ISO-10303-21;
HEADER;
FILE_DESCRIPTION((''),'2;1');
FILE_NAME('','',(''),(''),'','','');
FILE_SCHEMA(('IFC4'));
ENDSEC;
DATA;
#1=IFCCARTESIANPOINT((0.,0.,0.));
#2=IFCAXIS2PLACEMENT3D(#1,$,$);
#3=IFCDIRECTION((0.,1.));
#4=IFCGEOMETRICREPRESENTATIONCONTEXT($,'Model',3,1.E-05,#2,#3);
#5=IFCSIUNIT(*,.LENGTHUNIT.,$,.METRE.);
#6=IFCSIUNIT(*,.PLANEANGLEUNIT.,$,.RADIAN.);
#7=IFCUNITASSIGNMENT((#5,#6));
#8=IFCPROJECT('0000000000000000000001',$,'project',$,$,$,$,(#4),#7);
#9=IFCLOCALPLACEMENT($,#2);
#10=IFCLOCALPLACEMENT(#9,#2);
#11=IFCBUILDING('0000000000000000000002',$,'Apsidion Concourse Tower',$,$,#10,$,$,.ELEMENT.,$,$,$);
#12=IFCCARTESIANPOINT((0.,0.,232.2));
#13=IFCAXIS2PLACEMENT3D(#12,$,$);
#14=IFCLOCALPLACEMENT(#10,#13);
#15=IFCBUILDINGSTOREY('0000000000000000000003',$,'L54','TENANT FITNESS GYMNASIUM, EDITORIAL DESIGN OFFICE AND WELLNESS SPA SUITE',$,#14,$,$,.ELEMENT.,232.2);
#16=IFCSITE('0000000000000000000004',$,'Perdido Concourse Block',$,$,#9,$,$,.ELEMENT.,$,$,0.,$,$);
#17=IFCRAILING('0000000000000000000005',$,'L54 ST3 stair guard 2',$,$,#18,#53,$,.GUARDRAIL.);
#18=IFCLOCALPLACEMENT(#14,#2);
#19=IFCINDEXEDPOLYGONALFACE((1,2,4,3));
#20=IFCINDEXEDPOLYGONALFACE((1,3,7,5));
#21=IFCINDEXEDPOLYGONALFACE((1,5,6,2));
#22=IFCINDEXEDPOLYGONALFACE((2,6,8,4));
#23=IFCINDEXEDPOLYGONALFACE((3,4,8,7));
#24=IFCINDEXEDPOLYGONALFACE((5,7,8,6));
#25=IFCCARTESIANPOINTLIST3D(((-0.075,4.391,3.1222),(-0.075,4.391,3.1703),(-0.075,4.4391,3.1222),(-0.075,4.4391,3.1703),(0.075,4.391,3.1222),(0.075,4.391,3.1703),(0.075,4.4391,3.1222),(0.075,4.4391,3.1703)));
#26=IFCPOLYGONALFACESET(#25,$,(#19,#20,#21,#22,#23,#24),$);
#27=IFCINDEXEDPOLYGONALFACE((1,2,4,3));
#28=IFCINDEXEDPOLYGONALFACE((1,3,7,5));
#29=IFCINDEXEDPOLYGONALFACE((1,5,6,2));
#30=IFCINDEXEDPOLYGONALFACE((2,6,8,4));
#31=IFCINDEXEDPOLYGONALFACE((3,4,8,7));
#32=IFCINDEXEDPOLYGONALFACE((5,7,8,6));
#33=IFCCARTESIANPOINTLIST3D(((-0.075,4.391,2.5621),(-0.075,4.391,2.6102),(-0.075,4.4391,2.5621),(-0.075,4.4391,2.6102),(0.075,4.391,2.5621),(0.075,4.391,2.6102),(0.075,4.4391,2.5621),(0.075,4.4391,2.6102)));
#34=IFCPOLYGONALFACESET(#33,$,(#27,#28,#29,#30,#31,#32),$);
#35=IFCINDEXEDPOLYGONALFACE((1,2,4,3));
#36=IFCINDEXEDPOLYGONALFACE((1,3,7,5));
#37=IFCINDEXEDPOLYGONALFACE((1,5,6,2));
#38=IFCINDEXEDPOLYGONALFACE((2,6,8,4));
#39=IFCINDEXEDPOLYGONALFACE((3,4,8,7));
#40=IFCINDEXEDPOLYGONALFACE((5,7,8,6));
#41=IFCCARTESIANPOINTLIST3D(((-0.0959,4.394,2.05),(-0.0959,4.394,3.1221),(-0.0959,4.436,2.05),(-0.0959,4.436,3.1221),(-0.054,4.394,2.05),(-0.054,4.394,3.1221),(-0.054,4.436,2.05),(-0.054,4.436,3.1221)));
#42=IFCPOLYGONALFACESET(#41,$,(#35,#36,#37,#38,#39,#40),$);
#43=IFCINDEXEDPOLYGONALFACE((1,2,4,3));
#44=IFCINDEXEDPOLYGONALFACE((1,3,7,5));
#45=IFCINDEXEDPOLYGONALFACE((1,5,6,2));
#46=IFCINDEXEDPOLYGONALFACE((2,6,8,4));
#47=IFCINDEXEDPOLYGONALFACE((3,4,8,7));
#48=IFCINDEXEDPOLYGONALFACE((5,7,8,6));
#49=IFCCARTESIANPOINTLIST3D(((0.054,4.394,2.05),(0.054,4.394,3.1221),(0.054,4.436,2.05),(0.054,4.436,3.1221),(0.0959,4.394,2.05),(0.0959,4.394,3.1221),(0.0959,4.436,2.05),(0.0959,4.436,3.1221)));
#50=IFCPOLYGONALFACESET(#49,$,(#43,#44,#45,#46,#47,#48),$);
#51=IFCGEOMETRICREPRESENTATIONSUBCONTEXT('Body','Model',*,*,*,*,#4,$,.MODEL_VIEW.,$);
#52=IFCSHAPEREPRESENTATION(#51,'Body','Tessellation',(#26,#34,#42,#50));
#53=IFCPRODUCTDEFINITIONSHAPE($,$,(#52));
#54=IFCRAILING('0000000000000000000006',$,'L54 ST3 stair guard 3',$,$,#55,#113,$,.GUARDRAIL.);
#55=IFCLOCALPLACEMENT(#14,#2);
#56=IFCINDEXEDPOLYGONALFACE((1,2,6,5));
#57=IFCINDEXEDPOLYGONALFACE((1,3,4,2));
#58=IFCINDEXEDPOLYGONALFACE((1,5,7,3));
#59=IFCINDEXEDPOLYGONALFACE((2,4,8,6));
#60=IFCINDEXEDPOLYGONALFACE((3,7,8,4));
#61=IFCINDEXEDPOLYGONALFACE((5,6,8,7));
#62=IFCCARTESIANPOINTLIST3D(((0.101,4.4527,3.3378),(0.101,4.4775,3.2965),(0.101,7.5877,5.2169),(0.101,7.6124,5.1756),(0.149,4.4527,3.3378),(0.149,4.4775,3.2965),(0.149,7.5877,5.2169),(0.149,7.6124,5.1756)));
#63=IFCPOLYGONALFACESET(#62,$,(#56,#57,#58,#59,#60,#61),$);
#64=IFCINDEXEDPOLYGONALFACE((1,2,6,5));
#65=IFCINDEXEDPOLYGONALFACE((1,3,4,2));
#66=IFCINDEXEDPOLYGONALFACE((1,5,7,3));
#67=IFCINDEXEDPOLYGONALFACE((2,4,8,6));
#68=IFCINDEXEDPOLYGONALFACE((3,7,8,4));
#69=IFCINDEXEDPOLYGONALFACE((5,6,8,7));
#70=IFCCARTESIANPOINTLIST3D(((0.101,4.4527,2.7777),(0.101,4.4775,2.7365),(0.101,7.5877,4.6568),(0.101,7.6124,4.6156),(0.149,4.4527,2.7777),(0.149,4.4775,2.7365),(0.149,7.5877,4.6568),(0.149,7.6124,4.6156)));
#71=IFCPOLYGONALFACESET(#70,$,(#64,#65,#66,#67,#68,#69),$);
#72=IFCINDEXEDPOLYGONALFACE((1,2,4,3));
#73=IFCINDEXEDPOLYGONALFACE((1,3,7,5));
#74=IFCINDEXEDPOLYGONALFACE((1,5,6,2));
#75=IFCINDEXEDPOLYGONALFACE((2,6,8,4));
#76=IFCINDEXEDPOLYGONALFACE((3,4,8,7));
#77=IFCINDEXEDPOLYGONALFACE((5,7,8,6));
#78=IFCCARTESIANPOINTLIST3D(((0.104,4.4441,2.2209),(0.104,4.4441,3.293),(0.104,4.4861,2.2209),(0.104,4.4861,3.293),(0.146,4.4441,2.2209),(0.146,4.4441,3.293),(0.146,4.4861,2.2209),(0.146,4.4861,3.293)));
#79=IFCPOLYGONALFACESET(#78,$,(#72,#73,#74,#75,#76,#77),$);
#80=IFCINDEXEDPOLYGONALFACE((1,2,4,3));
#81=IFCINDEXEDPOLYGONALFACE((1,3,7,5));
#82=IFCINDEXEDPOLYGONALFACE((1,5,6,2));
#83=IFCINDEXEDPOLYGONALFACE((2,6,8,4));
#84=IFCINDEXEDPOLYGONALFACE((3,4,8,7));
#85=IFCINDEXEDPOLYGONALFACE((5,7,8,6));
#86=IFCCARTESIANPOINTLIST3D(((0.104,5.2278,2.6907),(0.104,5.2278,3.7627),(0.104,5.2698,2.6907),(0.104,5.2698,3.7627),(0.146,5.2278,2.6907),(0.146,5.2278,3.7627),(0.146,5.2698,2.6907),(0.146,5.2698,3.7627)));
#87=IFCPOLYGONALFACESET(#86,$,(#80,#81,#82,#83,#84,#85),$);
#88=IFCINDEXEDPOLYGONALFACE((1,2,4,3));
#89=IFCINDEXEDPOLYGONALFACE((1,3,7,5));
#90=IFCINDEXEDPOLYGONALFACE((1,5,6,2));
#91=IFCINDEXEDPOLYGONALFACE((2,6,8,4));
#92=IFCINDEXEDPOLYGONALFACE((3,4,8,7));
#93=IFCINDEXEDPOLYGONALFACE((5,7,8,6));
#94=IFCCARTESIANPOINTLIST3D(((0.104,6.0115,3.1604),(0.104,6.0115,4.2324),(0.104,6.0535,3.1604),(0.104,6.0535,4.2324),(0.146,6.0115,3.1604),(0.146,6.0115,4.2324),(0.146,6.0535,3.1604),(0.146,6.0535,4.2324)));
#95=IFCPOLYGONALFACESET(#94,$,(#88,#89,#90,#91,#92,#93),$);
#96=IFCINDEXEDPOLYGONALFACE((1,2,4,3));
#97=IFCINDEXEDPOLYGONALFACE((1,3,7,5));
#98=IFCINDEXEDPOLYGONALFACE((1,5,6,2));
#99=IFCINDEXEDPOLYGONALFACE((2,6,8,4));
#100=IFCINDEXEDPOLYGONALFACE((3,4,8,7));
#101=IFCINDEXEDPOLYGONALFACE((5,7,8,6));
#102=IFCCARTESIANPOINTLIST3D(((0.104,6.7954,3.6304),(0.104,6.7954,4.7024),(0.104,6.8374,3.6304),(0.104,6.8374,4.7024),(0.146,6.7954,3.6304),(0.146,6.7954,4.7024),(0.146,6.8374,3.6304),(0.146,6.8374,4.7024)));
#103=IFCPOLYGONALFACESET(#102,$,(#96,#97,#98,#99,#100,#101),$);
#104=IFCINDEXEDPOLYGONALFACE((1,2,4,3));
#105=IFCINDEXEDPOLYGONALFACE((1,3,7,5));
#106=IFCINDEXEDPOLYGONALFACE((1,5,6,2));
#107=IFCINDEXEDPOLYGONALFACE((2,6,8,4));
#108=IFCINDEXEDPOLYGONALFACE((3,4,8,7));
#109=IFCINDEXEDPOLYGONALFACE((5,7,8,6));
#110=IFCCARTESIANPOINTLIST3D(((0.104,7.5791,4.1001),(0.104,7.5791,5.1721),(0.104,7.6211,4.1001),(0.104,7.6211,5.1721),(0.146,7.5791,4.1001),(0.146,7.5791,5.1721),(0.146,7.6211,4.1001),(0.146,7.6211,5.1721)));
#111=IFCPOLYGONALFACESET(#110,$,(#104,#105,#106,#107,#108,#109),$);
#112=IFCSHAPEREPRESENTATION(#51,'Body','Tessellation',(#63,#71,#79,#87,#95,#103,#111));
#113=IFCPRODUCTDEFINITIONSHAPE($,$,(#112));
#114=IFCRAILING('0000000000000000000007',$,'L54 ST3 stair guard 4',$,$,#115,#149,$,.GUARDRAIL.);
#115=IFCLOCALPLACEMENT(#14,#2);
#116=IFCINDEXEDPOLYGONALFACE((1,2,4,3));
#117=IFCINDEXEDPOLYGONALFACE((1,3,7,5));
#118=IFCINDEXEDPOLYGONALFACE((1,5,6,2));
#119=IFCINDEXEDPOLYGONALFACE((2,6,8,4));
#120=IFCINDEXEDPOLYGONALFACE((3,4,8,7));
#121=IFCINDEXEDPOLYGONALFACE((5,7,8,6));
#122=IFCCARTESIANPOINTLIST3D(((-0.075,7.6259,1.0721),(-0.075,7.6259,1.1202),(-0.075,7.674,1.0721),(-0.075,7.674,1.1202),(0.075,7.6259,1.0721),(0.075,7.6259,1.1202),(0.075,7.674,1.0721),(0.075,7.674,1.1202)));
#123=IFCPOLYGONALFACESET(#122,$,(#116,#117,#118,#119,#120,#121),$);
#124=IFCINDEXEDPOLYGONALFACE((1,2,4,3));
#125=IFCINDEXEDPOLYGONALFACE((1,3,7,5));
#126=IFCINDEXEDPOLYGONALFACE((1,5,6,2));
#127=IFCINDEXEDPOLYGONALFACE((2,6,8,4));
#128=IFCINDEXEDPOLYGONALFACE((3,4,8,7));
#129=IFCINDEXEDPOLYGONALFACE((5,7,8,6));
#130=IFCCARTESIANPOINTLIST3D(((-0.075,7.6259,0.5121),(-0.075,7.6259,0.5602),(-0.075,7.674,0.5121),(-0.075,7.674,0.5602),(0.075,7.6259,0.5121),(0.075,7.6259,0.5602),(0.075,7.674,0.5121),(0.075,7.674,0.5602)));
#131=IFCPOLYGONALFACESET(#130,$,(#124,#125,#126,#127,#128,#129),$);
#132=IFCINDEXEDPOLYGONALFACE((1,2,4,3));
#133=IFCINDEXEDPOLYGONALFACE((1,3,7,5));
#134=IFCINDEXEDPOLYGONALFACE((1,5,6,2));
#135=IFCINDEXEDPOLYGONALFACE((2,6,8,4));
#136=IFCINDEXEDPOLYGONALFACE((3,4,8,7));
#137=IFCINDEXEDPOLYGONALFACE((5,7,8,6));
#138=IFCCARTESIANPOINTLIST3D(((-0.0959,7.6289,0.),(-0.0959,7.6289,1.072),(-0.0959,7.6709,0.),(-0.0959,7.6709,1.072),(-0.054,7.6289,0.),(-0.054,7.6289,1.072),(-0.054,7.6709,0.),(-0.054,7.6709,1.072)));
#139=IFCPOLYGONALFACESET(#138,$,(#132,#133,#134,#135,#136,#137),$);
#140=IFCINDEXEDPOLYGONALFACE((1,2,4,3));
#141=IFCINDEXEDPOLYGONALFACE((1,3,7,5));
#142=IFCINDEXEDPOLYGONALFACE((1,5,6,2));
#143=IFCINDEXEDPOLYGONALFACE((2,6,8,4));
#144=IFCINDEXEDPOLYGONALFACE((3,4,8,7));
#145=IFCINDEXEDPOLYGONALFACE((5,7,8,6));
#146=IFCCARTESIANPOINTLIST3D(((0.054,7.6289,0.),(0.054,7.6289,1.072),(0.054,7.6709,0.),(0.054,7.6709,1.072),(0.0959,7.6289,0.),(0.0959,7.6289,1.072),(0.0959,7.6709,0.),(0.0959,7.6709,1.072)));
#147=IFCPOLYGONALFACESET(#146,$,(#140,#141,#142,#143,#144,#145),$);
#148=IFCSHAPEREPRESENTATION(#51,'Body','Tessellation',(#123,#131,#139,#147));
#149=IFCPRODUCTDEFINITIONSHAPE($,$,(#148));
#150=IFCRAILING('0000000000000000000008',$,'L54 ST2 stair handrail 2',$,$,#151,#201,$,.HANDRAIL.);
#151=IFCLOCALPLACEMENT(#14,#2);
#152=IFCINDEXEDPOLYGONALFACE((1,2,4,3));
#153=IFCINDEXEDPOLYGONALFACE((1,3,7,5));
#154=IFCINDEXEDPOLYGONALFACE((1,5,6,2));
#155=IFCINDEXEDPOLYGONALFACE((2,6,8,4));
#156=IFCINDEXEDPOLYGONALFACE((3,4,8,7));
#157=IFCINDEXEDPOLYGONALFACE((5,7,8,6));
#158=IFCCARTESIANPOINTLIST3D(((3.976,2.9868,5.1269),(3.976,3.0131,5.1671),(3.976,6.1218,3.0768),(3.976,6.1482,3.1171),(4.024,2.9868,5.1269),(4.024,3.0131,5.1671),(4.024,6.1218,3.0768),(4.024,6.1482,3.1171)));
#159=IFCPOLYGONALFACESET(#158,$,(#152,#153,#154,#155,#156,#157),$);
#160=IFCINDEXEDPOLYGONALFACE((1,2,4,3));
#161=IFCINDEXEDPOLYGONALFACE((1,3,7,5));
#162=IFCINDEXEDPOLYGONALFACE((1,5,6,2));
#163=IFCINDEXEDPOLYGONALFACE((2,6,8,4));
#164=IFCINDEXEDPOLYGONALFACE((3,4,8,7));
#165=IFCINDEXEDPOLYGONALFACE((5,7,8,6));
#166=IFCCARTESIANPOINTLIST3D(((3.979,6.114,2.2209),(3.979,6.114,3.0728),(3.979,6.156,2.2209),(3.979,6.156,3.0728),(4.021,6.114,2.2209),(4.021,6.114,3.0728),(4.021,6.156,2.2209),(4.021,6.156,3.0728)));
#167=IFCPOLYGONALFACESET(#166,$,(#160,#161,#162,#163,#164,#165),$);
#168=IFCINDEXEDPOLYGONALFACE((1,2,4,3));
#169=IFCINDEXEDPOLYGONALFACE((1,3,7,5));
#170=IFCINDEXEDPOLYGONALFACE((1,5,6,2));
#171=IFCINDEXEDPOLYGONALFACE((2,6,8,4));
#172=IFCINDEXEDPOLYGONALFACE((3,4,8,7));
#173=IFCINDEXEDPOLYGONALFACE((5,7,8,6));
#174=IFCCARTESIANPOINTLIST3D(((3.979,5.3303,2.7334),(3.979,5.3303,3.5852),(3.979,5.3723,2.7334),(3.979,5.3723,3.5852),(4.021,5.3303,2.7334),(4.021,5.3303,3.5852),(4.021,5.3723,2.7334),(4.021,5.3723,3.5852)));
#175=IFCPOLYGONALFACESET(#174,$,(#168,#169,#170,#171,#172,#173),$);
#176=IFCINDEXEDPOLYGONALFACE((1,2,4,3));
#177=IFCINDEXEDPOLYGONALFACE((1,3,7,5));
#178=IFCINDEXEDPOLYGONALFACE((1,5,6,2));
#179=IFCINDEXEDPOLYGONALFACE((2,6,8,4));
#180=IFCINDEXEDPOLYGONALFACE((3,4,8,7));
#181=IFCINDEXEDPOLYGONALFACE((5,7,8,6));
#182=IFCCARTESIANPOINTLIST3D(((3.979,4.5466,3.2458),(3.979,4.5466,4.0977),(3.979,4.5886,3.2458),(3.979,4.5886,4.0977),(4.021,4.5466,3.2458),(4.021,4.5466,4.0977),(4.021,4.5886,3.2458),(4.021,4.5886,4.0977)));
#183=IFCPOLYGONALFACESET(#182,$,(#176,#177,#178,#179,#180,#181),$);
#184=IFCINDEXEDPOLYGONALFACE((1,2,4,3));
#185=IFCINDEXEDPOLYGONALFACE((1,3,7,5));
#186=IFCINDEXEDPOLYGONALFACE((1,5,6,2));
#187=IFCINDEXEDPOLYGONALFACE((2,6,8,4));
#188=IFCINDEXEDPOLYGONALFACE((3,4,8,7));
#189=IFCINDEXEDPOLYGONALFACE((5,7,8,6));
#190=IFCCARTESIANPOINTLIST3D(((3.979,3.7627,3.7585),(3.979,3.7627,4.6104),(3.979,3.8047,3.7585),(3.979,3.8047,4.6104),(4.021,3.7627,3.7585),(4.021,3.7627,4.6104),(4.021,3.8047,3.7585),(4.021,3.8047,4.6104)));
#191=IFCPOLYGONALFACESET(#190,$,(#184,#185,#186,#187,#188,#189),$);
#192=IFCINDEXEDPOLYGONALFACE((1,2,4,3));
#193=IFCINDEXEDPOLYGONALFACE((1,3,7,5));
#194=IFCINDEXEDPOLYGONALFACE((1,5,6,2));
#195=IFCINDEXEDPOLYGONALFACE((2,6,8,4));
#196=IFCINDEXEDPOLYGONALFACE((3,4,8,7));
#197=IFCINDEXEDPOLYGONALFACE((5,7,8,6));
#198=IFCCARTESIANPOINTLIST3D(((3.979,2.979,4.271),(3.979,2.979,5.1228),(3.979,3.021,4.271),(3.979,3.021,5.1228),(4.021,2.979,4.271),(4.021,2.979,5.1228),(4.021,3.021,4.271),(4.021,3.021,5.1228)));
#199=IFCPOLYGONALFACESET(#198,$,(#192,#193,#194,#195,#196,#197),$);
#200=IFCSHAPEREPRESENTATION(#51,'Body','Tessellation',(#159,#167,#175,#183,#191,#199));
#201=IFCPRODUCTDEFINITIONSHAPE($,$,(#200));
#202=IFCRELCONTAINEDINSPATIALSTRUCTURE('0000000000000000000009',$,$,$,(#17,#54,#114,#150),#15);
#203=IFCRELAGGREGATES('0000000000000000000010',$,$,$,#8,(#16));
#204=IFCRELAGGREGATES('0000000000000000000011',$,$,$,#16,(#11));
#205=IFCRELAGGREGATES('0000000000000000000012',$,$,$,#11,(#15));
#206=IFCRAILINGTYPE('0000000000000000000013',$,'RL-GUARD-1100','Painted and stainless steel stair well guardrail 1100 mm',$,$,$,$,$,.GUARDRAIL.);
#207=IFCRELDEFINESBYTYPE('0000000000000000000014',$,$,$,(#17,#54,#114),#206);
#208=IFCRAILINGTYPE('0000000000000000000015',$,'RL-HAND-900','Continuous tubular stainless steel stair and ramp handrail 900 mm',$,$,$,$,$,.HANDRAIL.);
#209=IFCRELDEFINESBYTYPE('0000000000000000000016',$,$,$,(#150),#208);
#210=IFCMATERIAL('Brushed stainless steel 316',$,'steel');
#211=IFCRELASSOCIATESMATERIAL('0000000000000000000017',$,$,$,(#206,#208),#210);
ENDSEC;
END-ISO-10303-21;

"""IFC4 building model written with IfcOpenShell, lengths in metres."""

from ifc_helpers import new_model, si_unit, direction, frame, origin, origin_2d, place, context, subcontext, project, spatial, rectangle, extrude, material, type_object, element, save


model = new_model("IFC4")

# Units and contexts
model_context = context("Model", 3, precision=1e-05, world=origin(), true_north=direction((0.0, 1.0)))
body_context = subcontext(model_context, "Body", "Model", "MODEL_VIEW")
ifc_project = project(units=[si_unit("LENGTHUNIT", "METRE"), si_unit("PLANEANGLEUNIT", "RADIAN")], contexts=[model_context])

# Site, building, storey
site_placement = place(None, origin())
site = spatial("IfcSite", under=ifc_project, at=site_placement, Name="Perdido Concourse Block", CompositionType="ELEMENT", RefElevation=0.0)
building_placement = place(site_placement, origin())
building = spatial("IfcBuilding", under=site, at=building_placement, Name="Apsidion Concourse Tower", CompositionType="ELEMENT")
storey_placement = place(building_placement, frame((0.0, 0.0, 232.2)))
storey = spatial("IfcBuildingStorey", under=building, at=storey_placement, Name="L54", Description="TENANT FITNESS GYMNASIUM, EDITORIAL DESIGN OFFICE AND WELLNESS SPA SUITE", CompositionType="ELEMENT", Elevation=232.2)

# Railings
ifc_material_1 = material(Name="Brushed stainless steel 316", Category="steel")
railing_type_1 = type_object("IfcRailingType", Name="RL-GUARD-1100", Description="Painted and stainless steel stair well guardrail 1100 mm", PredefinedType="GUARDRAIL", material=ifc_material_1)
railing_1_placement = place(storey_placement, frame((-0.075, 4.415, 2.05)))
element("IfcRailing", 1, at=railing_1_placement, inside=storey, type_object=railing_type_1, Name="L54 ST3 stair guard 2", PredefinedType="GUARDRAIL", context=body_context, shape_type="SweptSolid", body=[
    extrude(rectangle(XDim=0.0481, YDim=0.0481, at=origin_2d()), frame((0.0, 0.0, 1.0962), z_axis=(1.0, 0.0, 0.0), x_axis=(0.0, 1.0, 0.0)), (0.0, 0.0, 1.0), 0.1499),
    extrude(rectangle(XDim=0.0481, YDim=0.0481, at=origin_2d()), frame((0.0, 0.0, 0.5361), z_axis=(1.0, 0.0, 0.0), x_axis=(0.0, 1.0, 0.0)), (0.0, 0.0, 1.0), 0.1499),
    extrude(rectangle(XDim=0.042, YDim=0.042, at=origin_2d()), origin(), (0.0, 0.0, 1.0), 1.072),
    extrude(rectangle(XDim=0.042, YDim=0.042, at=origin_2d()), frame((0.1499, 0.0, 0.0)), (0.0, 0.0, 1.0), 1.072),
])
railing_2_placement = place(storey_placement, frame((0.125, 4.4651, 2.2209)))
element("IfcRailing", 2, at=railing_2_placement, inside=storey, type_object=railing_type_1, Name="L54 ST3 stair guard 3", PredefinedType="GUARDRAIL", context=body_context, shape_type="SweptSolid", body=[
    extrude(rectangle(XDim=0.0481, YDim=0.0481, at=origin_2d()), frame((0.0, 0.0, 1.0962), z_axis=(0.0, 0.857717, 0.514122), x_axis=(-1.0, 0.0, 0.0)), (0.0, 0.0, 1.0), 3.655),
    extrude(rectangle(XDim=0.0481, YDim=0.0481, at=origin_2d()), frame((0.0, 0.0, 0.5361), z_axis=(0.0, 0.857717, 0.514122), x_axis=(-1.0, 0.0, 0.0)), (0.0, 0.0, 1.0), 3.655),
    extrude(rectangle(XDim=0.042, YDim=0.042, at=origin_2d()), origin(), (0.0, 0.0, 1.0), 1.072),
    extrude(rectangle(XDim=0.042, YDim=0.042, at=origin_2d()), frame((0.0, 0.7837, 0.4697)), (0.0, 0.0, 1.0), 1.072),
    extrude(rectangle(XDim=0.042, YDim=0.042, at=origin_2d()), frame((0.0, 1.5674, 0.9395)), (0.0, 0.0, 1.0), 1.072),
    extrude(rectangle(XDim=0.042, YDim=0.042, at=origin_2d()), frame((0.0, 2.3513, 1.4094)), (0.0, 0.0, 1.0), 1.072),
    extrude(rectangle(XDim=0.042, YDim=0.042, at=origin_2d()), frame((0.0, 3.135, 1.8792)), (0.0, 0.0, 1.0), 1.072),
])
railing_3_placement = place(storey_placement, frame((-0.075, 7.6499, 0.0)))
element("IfcRailing", 3, at=railing_3_placement, inside=storey, type_object=railing_type_1, Name="L54 ST3 stair guard 4", PredefinedType="GUARDRAIL", context=body_context, shape_type="SweptSolid", body=[
    extrude(rectangle(XDim=0.0481, YDim=0.0481, at=origin_2d()), frame((0.0, 0.0, 1.0962), z_axis=(1.0, 0.0, 0.0), x_axis=(0.0, 1.0, 0.0)), (0.0, 0.0, 1.0), 0.1499),
    extrude(rectangle(XDim=0.0481, YDim=0.0481, at=origin_2d()), frame((0.0, 0.0, 0.5361), z_axis=(1.0, 0.0, 0.0), x_axis=(0.0, 1.0, 0.0)), (0.0, 0.0, 1.0), 0.1499),
    extrude(rectangle(XDim=0.042, YDim=0.042, at=origin_2d()), origin(), (0.0, 0.0, 1.0), 1.072),
    extrude(rectangle(XDim=0.042, YDim=0.042, at=origin_2d()), frame((0.1499, 0.0, 0.0)), (0.0, 0.0, 1.0), 1.072),
])
railing_type_2 = type_object("IfcRailingType", Name="RL-HAND-900", Description="Continuous tubular stainless steel stair and ramp handrail 900 mm", PredefinedType="HANDRAIL", material=ifc_material_1)
railing_4_placement = place(storey_placement, frame((4.0, 6.135, 2.2209)))
element("IfcRailing", 4, at=railing_4_placement, inside=storey, type_object=railing_type_2, Name="L54 ST2 stair handrail 2", PredefinedType="HANDRAIL", context=body_context, shape_type="SweptSolid", body=[
    extrude(rectangle(XDim=0.0481, YDim=0.0481, at=origin_2d()), frame((0.0, 0.0, 0.876), z_axis=(0.0, -0.836941, 0.547293), x_axis=(1.0, 0.0, 0.0)), (0.0, 0.0, 1.0), 3.7458),
    extrude(rectangle(XDim=0.042, YDim=0.042, at=origin_2d()), origin(), (0.0, 0.0, 1.0), 0.8518),
    extrude(rectangle(XDim=0.042, YDim=0.042, at=origin_2d()), frame((0.0, -0.7837, 0.5125)), (0.0, 0.0, 1.0), 0.8518),
    extrude(rectangle(XDim=0.042, YDim=0.042, at=origin_2d()), frame((0.0, -1.5674, 1.0249)), (0.0, 0.0, 1.0), 0.8518),
    extrude(rectangle(XDim=0.042, YDim=0.042, at=origin_2d()), frame((0.0, -2.3513, 1.5376)), (0.0, 0.0, 1.0), 0.8518),
    extrude(rectangle(XDim=0.042, YDim=0.042, at=origin_2d()), frame((0.0, -3.135, 2.05)), (0.0, 0.0, 1.0), 0.8518),
])

save(model, "model.ifc")
